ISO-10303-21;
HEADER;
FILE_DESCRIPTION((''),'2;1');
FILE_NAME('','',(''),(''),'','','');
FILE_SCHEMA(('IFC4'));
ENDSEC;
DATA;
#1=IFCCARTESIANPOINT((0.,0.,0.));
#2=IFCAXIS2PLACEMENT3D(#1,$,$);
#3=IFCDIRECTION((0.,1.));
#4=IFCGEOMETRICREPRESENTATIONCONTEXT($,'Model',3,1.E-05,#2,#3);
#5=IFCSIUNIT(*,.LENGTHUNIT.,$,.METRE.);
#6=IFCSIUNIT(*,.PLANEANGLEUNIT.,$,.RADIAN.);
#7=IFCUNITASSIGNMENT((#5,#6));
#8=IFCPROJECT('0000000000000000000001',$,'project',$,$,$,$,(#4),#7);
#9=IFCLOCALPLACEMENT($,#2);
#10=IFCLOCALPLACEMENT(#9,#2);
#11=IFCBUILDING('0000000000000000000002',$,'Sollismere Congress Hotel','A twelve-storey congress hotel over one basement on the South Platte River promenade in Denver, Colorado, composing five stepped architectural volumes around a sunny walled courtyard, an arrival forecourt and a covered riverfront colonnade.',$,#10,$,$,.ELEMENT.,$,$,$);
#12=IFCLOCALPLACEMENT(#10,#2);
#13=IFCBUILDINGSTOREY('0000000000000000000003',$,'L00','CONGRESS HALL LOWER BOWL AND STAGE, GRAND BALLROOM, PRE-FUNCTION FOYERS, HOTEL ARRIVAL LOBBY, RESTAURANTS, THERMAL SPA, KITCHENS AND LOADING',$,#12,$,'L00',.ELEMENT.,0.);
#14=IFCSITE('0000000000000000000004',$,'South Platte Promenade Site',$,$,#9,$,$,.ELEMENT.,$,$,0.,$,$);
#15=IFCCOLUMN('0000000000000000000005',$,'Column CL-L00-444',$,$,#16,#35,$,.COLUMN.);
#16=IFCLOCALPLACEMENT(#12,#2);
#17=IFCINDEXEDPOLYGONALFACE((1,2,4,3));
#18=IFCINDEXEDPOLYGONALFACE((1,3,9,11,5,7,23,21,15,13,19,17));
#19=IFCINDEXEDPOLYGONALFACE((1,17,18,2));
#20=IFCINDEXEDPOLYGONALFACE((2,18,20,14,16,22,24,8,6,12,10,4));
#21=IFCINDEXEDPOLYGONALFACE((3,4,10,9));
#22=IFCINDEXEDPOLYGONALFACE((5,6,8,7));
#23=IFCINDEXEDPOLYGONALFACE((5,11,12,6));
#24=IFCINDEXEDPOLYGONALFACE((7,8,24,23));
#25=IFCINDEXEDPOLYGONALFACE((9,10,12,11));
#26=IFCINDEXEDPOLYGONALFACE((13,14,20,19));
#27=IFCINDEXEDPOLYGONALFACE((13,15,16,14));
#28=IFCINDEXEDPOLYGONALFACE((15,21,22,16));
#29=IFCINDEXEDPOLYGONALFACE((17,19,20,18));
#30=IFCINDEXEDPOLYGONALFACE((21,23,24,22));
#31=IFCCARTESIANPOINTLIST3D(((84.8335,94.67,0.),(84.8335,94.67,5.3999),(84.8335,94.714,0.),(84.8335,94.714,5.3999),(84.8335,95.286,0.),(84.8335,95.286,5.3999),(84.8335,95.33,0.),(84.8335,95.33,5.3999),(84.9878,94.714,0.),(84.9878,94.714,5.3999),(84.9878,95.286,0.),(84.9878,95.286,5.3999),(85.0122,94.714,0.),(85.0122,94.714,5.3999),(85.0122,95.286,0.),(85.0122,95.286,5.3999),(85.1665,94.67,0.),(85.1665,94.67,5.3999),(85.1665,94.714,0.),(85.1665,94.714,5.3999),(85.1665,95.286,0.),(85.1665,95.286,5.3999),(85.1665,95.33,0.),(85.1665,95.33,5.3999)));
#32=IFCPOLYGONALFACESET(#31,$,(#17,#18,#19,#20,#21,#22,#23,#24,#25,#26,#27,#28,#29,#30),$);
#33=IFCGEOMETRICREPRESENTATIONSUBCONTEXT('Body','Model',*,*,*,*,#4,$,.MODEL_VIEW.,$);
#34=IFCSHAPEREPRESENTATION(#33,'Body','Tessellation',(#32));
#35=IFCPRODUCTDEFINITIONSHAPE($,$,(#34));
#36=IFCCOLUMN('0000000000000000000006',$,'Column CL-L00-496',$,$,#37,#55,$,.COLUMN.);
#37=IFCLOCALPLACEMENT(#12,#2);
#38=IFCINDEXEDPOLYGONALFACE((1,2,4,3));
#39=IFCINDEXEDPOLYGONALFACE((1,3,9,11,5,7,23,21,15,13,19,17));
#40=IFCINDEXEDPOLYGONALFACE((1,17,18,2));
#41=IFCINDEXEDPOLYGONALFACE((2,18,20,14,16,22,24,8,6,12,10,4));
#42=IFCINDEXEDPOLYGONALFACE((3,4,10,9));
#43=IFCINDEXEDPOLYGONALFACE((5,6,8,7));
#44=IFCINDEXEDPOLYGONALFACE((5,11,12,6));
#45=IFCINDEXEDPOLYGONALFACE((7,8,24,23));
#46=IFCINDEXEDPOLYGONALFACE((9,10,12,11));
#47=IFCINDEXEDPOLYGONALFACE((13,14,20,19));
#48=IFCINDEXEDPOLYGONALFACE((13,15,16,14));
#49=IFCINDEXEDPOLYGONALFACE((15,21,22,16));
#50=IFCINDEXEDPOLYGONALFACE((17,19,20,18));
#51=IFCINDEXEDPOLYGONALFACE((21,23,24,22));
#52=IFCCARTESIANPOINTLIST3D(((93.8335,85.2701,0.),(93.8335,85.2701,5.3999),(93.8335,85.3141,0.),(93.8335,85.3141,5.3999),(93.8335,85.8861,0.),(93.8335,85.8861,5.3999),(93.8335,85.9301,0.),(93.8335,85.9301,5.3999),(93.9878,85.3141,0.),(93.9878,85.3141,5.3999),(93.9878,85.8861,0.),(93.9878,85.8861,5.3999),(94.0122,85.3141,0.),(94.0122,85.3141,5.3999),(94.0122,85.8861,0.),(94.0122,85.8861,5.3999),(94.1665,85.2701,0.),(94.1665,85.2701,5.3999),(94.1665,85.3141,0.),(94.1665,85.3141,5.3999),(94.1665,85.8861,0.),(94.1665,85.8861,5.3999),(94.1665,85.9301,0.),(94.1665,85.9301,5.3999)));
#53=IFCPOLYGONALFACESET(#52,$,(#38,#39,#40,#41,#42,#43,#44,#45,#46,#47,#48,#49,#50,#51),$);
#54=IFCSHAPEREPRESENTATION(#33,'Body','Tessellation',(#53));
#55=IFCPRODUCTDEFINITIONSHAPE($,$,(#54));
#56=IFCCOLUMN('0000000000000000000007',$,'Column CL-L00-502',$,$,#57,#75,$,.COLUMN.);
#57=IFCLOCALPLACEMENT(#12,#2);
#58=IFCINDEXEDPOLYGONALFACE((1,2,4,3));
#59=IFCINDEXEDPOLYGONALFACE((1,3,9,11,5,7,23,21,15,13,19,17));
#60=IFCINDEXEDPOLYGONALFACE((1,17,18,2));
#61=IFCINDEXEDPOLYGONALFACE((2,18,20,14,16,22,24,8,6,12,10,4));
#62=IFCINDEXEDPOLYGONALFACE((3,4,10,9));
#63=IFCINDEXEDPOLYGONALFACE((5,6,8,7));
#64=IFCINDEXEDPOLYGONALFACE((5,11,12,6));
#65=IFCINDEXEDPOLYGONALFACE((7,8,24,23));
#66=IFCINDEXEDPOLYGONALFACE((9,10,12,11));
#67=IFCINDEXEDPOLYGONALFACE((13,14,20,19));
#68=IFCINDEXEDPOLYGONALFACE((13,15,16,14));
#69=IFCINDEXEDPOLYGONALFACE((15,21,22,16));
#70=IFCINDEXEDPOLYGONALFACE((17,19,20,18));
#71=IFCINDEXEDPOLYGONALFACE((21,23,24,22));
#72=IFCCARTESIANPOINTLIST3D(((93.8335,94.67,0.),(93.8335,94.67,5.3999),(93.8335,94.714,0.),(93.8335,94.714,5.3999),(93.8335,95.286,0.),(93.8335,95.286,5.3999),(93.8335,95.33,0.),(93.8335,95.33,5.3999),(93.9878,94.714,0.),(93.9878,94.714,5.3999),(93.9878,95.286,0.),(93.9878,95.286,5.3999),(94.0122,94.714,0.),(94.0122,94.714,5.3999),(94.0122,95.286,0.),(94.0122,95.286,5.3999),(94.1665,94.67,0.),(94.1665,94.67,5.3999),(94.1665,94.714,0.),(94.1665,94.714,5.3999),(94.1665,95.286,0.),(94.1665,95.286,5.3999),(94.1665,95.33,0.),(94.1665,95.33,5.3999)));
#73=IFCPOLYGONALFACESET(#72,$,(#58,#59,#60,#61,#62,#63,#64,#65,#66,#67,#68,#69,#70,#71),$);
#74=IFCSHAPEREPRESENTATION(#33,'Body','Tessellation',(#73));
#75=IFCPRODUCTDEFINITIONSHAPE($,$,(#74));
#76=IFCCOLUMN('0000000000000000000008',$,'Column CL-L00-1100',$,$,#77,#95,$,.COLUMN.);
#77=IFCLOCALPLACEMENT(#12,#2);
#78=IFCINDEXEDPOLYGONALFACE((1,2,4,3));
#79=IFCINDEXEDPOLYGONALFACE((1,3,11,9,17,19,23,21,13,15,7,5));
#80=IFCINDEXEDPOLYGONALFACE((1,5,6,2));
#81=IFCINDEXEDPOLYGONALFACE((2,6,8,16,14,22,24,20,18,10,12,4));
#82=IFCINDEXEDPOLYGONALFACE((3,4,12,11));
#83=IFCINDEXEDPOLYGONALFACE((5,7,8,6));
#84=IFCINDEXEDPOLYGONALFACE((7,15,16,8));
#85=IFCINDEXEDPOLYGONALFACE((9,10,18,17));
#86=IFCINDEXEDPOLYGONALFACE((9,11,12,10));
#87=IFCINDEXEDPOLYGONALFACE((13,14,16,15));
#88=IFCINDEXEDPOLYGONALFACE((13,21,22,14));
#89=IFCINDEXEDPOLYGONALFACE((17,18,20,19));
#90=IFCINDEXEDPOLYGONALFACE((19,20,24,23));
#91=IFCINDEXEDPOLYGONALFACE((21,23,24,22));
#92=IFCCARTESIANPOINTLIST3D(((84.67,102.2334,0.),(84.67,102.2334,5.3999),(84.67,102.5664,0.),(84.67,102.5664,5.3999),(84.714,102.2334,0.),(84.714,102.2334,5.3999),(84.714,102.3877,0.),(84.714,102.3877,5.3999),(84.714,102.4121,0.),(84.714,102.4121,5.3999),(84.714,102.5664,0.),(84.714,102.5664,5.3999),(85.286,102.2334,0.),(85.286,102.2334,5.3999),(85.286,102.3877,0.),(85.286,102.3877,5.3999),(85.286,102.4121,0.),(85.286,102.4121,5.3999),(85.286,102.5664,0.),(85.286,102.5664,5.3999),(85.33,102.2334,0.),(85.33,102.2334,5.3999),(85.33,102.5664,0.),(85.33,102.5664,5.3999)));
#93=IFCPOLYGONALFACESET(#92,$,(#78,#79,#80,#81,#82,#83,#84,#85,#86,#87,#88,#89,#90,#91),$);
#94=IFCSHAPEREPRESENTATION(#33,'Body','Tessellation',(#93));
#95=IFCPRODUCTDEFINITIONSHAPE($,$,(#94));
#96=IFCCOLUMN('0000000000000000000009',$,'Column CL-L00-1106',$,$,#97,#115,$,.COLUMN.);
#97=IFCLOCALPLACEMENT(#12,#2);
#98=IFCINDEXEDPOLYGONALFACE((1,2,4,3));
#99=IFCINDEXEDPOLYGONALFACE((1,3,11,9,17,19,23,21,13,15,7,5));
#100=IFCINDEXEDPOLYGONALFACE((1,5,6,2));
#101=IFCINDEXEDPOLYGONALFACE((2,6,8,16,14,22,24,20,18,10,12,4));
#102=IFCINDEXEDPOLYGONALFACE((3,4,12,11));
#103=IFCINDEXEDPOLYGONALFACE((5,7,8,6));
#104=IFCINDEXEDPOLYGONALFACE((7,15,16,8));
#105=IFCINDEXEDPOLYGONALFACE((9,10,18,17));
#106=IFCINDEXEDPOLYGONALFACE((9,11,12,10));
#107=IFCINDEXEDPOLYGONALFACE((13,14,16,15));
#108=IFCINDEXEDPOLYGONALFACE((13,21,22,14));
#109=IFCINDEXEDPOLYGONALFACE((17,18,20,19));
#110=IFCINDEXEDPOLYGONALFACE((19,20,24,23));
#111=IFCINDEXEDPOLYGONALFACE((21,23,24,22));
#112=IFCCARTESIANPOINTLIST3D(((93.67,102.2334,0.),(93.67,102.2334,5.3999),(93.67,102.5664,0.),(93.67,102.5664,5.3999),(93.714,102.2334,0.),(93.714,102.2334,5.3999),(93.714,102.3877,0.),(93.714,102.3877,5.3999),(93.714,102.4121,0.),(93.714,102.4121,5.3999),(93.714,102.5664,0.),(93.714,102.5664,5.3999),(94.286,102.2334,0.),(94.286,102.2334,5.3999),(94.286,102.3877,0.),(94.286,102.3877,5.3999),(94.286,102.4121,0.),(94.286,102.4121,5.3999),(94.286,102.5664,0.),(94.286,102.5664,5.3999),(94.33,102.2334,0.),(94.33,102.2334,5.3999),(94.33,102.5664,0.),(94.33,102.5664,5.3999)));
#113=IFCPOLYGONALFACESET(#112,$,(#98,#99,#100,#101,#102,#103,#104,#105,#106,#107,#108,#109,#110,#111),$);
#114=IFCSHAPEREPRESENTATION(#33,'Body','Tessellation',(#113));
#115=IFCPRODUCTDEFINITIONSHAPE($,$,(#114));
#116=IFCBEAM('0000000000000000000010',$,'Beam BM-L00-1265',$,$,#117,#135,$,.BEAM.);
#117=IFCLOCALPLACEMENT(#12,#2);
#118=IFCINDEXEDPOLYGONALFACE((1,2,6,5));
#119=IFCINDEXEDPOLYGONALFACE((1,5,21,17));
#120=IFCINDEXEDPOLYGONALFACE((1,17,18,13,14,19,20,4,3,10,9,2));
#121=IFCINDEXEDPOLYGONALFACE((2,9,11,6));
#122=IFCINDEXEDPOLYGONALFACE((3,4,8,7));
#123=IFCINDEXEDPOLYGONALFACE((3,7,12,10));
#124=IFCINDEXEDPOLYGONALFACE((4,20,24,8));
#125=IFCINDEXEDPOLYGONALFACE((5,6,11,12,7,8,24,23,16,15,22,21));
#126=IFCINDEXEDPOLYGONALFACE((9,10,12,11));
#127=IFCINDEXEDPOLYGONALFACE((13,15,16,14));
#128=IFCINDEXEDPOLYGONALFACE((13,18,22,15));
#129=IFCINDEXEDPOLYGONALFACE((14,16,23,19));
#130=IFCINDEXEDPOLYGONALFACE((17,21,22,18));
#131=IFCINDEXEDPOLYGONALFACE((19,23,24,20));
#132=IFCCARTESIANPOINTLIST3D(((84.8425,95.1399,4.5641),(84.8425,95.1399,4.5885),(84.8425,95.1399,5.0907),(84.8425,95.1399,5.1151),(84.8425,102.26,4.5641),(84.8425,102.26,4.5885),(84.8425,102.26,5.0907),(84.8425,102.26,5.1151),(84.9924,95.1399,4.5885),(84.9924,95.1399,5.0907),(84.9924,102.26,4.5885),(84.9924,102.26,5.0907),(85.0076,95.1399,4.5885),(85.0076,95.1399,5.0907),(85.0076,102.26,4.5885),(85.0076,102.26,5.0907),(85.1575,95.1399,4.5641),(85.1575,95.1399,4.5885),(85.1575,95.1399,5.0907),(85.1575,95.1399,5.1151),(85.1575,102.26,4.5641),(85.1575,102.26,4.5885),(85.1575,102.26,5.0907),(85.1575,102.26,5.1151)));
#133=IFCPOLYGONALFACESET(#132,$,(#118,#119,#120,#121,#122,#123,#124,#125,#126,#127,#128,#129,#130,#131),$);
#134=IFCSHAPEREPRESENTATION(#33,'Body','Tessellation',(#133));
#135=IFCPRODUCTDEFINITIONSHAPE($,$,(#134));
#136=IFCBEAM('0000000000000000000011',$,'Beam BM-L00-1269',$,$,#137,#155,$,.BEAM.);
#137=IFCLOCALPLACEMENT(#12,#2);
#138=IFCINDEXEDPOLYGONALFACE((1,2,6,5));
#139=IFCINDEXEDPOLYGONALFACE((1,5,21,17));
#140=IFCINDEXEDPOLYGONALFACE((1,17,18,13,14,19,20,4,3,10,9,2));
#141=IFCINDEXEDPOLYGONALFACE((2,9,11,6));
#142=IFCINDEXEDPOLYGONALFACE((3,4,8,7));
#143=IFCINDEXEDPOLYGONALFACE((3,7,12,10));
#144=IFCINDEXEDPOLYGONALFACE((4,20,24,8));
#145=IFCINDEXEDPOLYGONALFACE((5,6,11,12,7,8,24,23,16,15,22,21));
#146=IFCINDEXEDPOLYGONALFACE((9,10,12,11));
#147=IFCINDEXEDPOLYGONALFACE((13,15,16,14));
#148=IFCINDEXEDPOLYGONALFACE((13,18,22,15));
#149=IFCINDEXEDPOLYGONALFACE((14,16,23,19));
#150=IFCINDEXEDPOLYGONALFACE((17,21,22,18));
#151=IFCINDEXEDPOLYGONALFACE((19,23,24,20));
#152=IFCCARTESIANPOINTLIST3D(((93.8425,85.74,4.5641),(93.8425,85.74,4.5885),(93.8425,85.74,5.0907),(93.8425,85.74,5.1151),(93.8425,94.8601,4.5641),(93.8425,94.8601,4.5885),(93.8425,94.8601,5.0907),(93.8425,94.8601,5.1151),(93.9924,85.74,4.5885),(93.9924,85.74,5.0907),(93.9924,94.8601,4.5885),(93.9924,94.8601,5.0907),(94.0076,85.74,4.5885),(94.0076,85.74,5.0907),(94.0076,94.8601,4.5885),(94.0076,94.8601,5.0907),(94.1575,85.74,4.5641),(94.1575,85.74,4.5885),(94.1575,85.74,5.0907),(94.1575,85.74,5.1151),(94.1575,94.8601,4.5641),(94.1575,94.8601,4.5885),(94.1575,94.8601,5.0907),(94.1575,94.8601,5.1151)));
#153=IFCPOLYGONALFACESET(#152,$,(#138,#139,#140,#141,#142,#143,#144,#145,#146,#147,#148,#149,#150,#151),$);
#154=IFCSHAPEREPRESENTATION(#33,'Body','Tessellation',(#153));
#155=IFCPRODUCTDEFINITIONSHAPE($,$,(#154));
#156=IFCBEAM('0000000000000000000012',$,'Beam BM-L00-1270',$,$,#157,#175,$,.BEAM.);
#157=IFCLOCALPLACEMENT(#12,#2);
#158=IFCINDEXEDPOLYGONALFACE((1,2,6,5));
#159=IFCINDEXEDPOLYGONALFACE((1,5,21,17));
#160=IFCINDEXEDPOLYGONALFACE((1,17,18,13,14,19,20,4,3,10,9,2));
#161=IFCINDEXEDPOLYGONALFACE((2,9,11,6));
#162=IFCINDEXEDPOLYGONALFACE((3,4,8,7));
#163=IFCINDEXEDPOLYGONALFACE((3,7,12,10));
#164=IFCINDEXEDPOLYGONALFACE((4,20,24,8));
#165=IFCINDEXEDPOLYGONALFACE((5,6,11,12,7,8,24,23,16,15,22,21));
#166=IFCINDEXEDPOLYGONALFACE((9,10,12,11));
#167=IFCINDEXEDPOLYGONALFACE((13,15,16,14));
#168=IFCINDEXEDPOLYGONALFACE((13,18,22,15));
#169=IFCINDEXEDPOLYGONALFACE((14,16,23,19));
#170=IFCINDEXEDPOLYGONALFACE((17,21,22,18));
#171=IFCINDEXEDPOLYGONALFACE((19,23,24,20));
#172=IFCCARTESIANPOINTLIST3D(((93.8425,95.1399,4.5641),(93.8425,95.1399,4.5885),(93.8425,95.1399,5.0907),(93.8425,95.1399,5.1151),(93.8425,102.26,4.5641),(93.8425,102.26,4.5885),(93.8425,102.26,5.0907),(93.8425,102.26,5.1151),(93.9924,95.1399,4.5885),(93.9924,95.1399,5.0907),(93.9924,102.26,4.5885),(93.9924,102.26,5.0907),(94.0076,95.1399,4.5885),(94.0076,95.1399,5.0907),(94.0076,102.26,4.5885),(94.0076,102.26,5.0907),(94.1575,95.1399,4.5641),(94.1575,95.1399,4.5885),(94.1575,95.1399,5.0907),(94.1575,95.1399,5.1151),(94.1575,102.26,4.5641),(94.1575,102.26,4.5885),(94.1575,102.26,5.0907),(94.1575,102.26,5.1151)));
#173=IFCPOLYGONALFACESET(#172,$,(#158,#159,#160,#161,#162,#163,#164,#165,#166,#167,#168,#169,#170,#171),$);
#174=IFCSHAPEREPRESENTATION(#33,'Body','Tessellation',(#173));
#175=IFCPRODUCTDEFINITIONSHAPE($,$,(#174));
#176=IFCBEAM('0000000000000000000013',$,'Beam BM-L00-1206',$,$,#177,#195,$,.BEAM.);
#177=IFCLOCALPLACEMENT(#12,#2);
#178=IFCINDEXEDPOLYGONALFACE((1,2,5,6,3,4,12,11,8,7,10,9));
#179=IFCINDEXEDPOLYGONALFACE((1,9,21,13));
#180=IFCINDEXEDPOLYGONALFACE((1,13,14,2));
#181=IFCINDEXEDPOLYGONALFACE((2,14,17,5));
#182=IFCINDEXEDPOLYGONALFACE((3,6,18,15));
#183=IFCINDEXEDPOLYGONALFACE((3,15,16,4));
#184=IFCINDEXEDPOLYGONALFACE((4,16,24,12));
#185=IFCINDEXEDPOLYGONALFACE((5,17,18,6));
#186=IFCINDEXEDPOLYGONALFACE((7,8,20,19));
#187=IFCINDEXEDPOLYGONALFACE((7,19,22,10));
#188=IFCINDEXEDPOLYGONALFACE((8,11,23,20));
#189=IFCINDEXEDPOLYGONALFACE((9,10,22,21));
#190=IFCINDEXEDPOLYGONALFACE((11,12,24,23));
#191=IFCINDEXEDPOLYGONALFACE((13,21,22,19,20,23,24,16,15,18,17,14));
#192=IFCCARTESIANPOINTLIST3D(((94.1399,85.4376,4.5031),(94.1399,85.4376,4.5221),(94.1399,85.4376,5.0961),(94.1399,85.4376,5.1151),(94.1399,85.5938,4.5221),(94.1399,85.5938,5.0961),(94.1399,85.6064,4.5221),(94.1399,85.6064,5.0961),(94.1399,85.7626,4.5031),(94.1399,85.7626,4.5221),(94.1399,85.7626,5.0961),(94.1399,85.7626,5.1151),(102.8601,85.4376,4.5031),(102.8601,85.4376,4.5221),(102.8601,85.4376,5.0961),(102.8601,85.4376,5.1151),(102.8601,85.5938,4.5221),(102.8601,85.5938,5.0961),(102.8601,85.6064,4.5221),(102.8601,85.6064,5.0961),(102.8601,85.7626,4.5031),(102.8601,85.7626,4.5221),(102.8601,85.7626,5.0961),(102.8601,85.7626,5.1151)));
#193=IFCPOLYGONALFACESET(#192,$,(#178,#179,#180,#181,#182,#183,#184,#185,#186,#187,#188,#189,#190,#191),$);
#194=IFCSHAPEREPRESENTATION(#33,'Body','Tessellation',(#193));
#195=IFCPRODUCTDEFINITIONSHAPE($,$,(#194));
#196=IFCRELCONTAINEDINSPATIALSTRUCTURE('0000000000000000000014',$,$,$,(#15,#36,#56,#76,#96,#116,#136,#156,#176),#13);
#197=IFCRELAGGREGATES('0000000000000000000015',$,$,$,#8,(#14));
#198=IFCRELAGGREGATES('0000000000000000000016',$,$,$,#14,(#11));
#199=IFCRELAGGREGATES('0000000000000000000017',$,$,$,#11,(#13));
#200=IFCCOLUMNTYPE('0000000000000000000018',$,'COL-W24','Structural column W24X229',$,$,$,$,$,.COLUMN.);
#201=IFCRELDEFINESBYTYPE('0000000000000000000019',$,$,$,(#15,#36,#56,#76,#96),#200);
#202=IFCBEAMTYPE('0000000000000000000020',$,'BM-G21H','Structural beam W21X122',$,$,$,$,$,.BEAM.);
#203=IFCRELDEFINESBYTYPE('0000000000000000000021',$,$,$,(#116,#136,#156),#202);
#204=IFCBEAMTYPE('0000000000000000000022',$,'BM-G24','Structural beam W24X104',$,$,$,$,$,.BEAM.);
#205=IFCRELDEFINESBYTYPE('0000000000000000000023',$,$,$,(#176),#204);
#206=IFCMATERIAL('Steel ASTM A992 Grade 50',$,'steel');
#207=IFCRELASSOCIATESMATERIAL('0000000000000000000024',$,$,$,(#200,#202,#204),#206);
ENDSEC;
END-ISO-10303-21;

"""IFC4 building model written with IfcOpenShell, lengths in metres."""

from ifc_helpers import new_model, si_unit, direction, frame, origin, origin_2d, place, context, subcontext, project, spatial, i_section, extrude, material, material_profile, profile_set, type_object, element, save


model = new_model("IFC4")

# Units and contexts
model_context = context("Model", 3, precision=1e-05, world=origin(), true_north=direction((0.0, 1.0)))
body_context = subcontext(model_context, "Body", "Model", "MODEL_VIEW")
ifc_project = project(units=[si_unit("LENGTHUNIT", "METRE"), si_unit("PLANEANGLEUNIT", "RADIAN")], contexts=[model_context])

# Site, building, storey
site_placement = place(None, origin())
site = spatial("IfcSite", under=ifc_project, at=site_placement, Name="South Platte Promenade Site", CompositionType="ELEMENT", RefElevation=0.0)
building_placement = place(site_placement, origin())
building = spatial("IfcBuilding", under=site, at=building_placement, Name="Sollismere Congress Hotel", Description="A twelve-storey congress hotel over one basement on the South Platte River promenade in Denver, Colorado, composing five stepped architectural volumes around a sunny walled courtyard, an arrival forecourt and a covered riverfront colonnade.", CompositionType="ELEMENT")
storey_placement = place(building_placement, origin())
storey = spatial("IfcBuildingStorey", under=building, at=storey_placement, Name="L00", Description="CONGRESS HALL LOWER BOWL AND STAGE, GRAND BALLROOM, PRE-FUNCTION FOYERS, HOTEL ARRIVAL LOBBY, RESTAURANTS, THERMAL SPA, KITCHENS AND LOADING", LongName="L00", CompositionType="ELEMENT", Elevation=0.0)

# Columns
ifc_material_1 = material(Name="Steel ASTM A992 Grade 50", Category="steel")
ifc_material_profile_1 = material_profile(ifc_material_1, i_section(OverallWidth=0.333, OverallDepth=0.6599, WebThickness=0.0244, FlangeThickness=0.0439, at=origin_2d()), Name="W24X229")
ifc_profile_set_1 = profile_set([ifc_material_profile_1], Name="Steel ASTM A992 Grade 50")
column_type = type_object("IfcColumnType", Name="COL-W24", Description="Structural column W24X229", PredefinedType="COLUMN", material=ifc_profile_set_1)
for number, where, z_axis, x_axis, name in (
    (1, (85.0, 95.0, 0.0), (0.0, 0.0, 1.0), (1.0, 0.0, 0.0), "Column CL-L00-444"),
    (2, (94.0, 85.6001, 0.0), (0.0, 0.0, 1.0), (1.0, 0.0, 0.0), "Column CL-L00-496"),
    (3, (94.0, 95.0, 0.0), (0.0, 0.0, 1.0), (1.0, 0.0, 0.0), "Column CL-L00-502"),
    (4, (85.0, 102.3999, 0.0), (0.0, 0.0, 1.0), (0.0, 1.0, 0.0), "Column CL-L00-1100"),
    (5, (94.0, 102.3999, 0.0), (0.0, 0.0, 1.0), (0.0, 1.0, 0.0), "Column CL-L00-1106"),
):
    element("IfcColumn", number, at=place(storey_placement, frame(where, z_axis=z_axis, x_axis=x_axis)), inside=storey, type_object=column_type, Name=name, PredefinedType="COLUMN", context=body_context, shape_type="SweptSolid", body=[
        extrude(i_section(OverallWidth=0.333, OverallDepth=0.6599, WebThickness=0.0244, FlangeThickness=0.0439, at=origin_2d()), origin(), (0.0, 0.0, 1.0), 5.3999),
    ])

# Beams
ifc_material_profile_2 = material_profile(ifc_material_1, i_section(OverallWidth=0.3149, OverallDepth=0.551, WebThickness=0.0151, FlangeThickness=0.0244, at=origin_2d()), Name="W21X122")
ifc_profile_set_2 = profile_set([ifc_material_profile_2], Name="Steel ASTM A992 Grade 50")
beam_type_1 = type_object("IfcBeamType", Name="BM-G21H", Description="Structural beam W21X122", PredefinedType="BEAM", material=ifc_profile_set_2)
beam_1_placement = place(storey_placement, frame((85.0, 95.1399, 4.8396), z_axis=(0.0, 1.0, 0.0), x_axis=(-1.0, 0.0, 0.0)))
element("IfcBeam", 6, at=beam_1_placement, inside=storey, type_object=beam_type_1, Name="Beam BM-L00-1265", PredefinedType="BEAM", context=body_context, shape_type="SweptSolid", body=[
    extrude(i_section(OverallWidth=0.3149, OverallDepth=0.551, WebThickness=0.0151, FlangeThickness=0.0244, at=origin_2d()), origin(), (0.0, 0.0, 1.0), 7.1201),
])
beam_2_placement = place(storey_placement, frame((94.0, 85.74, 4.8396), z_axis=(0.0, 1.0, 0.0), x_axis=(-1.0, 0.0, 0.0)))
element("IfcBeam", 7, at=beam_2_placement, inside=storey, type_object=beam_type_1, Name="Beam BM-L00-1269", PredefinedType="BEAM", context=body_context, shape_type="SweptSolid", body=[
    extrude(i_section(OverallWidth=0.3149, OverallDepth=0.551, WebThickness=0.0151, FlangeThickness=0.0244, at=origin_2d()), origin(), (0.0, 0.0, 1.0), 9.1201),
])
beam_3_placement = place(storey_placement, frame((94.0, 95.1399, 4.8396), z_axis=(0.0, 1.0, 0.0), x_axis=(-1.0, 0.0, 0.0)))
element("IfcBeam", 8, at=beam_3_placement, inside=storey, type_object=beam_type_1, Name="Beam BM-L00-1270", PredefinedType="BEAM", context=body_context, shape_type="SweptSolid", body=[
    extrude(i_section(OverallWidth=0.3149, OverallDepth=0.551, WebThickness=0.0151, FlangeThickness=0.0244, at=origin_2d()), origin(), (0.0, 0.0, 1.0), 7.1201),
])
ifc_material_profile_3 = material_profile(ifc_material_1, i_section(OverallWidth=0.325, OverallDepth=0.6121, WebThickness=0.0127, FlangeThickness=0.019, at=origin_2d()), Name="W24X104")
ifc_profile_set_3 = profile_set([ifc_material_profile_3], Name="Steel ASTM A992 Grade 50")
beam_type_2 = type_object("IfcBeamType", Name="BM-G24", Description="Structural beam W24X104", PredefinedType="BEAM", material=ifc_profile_set_3)
for number, where, z_axis, x_axis, name in (
    (9, (94.1399, 85.6001, 4.8091), (1.0, 0.0, 0.0), (0.0, 1.0, 0.0), "Beam BM-L00-1206"),
):
    element("IfcBeam", number, at=place(storey_placement, frame(where, z_axis=z_axis, x_axis=x_axis)), inside=storey, type_object=beam_type_2, Name=name, PredefinedType="BEAM", context=body_context, shape_type="SweptSolid", body=[
        extrude(i_section(OverallWidth=0.325, OverallDepth=0.6121, WebThickness=0.0127, FlangeThickness=0.019, at=origin_2d()), origin(), (0.0, 0.0, 1.0), 8.7202),
    ])

save(model, "model.ifc")
